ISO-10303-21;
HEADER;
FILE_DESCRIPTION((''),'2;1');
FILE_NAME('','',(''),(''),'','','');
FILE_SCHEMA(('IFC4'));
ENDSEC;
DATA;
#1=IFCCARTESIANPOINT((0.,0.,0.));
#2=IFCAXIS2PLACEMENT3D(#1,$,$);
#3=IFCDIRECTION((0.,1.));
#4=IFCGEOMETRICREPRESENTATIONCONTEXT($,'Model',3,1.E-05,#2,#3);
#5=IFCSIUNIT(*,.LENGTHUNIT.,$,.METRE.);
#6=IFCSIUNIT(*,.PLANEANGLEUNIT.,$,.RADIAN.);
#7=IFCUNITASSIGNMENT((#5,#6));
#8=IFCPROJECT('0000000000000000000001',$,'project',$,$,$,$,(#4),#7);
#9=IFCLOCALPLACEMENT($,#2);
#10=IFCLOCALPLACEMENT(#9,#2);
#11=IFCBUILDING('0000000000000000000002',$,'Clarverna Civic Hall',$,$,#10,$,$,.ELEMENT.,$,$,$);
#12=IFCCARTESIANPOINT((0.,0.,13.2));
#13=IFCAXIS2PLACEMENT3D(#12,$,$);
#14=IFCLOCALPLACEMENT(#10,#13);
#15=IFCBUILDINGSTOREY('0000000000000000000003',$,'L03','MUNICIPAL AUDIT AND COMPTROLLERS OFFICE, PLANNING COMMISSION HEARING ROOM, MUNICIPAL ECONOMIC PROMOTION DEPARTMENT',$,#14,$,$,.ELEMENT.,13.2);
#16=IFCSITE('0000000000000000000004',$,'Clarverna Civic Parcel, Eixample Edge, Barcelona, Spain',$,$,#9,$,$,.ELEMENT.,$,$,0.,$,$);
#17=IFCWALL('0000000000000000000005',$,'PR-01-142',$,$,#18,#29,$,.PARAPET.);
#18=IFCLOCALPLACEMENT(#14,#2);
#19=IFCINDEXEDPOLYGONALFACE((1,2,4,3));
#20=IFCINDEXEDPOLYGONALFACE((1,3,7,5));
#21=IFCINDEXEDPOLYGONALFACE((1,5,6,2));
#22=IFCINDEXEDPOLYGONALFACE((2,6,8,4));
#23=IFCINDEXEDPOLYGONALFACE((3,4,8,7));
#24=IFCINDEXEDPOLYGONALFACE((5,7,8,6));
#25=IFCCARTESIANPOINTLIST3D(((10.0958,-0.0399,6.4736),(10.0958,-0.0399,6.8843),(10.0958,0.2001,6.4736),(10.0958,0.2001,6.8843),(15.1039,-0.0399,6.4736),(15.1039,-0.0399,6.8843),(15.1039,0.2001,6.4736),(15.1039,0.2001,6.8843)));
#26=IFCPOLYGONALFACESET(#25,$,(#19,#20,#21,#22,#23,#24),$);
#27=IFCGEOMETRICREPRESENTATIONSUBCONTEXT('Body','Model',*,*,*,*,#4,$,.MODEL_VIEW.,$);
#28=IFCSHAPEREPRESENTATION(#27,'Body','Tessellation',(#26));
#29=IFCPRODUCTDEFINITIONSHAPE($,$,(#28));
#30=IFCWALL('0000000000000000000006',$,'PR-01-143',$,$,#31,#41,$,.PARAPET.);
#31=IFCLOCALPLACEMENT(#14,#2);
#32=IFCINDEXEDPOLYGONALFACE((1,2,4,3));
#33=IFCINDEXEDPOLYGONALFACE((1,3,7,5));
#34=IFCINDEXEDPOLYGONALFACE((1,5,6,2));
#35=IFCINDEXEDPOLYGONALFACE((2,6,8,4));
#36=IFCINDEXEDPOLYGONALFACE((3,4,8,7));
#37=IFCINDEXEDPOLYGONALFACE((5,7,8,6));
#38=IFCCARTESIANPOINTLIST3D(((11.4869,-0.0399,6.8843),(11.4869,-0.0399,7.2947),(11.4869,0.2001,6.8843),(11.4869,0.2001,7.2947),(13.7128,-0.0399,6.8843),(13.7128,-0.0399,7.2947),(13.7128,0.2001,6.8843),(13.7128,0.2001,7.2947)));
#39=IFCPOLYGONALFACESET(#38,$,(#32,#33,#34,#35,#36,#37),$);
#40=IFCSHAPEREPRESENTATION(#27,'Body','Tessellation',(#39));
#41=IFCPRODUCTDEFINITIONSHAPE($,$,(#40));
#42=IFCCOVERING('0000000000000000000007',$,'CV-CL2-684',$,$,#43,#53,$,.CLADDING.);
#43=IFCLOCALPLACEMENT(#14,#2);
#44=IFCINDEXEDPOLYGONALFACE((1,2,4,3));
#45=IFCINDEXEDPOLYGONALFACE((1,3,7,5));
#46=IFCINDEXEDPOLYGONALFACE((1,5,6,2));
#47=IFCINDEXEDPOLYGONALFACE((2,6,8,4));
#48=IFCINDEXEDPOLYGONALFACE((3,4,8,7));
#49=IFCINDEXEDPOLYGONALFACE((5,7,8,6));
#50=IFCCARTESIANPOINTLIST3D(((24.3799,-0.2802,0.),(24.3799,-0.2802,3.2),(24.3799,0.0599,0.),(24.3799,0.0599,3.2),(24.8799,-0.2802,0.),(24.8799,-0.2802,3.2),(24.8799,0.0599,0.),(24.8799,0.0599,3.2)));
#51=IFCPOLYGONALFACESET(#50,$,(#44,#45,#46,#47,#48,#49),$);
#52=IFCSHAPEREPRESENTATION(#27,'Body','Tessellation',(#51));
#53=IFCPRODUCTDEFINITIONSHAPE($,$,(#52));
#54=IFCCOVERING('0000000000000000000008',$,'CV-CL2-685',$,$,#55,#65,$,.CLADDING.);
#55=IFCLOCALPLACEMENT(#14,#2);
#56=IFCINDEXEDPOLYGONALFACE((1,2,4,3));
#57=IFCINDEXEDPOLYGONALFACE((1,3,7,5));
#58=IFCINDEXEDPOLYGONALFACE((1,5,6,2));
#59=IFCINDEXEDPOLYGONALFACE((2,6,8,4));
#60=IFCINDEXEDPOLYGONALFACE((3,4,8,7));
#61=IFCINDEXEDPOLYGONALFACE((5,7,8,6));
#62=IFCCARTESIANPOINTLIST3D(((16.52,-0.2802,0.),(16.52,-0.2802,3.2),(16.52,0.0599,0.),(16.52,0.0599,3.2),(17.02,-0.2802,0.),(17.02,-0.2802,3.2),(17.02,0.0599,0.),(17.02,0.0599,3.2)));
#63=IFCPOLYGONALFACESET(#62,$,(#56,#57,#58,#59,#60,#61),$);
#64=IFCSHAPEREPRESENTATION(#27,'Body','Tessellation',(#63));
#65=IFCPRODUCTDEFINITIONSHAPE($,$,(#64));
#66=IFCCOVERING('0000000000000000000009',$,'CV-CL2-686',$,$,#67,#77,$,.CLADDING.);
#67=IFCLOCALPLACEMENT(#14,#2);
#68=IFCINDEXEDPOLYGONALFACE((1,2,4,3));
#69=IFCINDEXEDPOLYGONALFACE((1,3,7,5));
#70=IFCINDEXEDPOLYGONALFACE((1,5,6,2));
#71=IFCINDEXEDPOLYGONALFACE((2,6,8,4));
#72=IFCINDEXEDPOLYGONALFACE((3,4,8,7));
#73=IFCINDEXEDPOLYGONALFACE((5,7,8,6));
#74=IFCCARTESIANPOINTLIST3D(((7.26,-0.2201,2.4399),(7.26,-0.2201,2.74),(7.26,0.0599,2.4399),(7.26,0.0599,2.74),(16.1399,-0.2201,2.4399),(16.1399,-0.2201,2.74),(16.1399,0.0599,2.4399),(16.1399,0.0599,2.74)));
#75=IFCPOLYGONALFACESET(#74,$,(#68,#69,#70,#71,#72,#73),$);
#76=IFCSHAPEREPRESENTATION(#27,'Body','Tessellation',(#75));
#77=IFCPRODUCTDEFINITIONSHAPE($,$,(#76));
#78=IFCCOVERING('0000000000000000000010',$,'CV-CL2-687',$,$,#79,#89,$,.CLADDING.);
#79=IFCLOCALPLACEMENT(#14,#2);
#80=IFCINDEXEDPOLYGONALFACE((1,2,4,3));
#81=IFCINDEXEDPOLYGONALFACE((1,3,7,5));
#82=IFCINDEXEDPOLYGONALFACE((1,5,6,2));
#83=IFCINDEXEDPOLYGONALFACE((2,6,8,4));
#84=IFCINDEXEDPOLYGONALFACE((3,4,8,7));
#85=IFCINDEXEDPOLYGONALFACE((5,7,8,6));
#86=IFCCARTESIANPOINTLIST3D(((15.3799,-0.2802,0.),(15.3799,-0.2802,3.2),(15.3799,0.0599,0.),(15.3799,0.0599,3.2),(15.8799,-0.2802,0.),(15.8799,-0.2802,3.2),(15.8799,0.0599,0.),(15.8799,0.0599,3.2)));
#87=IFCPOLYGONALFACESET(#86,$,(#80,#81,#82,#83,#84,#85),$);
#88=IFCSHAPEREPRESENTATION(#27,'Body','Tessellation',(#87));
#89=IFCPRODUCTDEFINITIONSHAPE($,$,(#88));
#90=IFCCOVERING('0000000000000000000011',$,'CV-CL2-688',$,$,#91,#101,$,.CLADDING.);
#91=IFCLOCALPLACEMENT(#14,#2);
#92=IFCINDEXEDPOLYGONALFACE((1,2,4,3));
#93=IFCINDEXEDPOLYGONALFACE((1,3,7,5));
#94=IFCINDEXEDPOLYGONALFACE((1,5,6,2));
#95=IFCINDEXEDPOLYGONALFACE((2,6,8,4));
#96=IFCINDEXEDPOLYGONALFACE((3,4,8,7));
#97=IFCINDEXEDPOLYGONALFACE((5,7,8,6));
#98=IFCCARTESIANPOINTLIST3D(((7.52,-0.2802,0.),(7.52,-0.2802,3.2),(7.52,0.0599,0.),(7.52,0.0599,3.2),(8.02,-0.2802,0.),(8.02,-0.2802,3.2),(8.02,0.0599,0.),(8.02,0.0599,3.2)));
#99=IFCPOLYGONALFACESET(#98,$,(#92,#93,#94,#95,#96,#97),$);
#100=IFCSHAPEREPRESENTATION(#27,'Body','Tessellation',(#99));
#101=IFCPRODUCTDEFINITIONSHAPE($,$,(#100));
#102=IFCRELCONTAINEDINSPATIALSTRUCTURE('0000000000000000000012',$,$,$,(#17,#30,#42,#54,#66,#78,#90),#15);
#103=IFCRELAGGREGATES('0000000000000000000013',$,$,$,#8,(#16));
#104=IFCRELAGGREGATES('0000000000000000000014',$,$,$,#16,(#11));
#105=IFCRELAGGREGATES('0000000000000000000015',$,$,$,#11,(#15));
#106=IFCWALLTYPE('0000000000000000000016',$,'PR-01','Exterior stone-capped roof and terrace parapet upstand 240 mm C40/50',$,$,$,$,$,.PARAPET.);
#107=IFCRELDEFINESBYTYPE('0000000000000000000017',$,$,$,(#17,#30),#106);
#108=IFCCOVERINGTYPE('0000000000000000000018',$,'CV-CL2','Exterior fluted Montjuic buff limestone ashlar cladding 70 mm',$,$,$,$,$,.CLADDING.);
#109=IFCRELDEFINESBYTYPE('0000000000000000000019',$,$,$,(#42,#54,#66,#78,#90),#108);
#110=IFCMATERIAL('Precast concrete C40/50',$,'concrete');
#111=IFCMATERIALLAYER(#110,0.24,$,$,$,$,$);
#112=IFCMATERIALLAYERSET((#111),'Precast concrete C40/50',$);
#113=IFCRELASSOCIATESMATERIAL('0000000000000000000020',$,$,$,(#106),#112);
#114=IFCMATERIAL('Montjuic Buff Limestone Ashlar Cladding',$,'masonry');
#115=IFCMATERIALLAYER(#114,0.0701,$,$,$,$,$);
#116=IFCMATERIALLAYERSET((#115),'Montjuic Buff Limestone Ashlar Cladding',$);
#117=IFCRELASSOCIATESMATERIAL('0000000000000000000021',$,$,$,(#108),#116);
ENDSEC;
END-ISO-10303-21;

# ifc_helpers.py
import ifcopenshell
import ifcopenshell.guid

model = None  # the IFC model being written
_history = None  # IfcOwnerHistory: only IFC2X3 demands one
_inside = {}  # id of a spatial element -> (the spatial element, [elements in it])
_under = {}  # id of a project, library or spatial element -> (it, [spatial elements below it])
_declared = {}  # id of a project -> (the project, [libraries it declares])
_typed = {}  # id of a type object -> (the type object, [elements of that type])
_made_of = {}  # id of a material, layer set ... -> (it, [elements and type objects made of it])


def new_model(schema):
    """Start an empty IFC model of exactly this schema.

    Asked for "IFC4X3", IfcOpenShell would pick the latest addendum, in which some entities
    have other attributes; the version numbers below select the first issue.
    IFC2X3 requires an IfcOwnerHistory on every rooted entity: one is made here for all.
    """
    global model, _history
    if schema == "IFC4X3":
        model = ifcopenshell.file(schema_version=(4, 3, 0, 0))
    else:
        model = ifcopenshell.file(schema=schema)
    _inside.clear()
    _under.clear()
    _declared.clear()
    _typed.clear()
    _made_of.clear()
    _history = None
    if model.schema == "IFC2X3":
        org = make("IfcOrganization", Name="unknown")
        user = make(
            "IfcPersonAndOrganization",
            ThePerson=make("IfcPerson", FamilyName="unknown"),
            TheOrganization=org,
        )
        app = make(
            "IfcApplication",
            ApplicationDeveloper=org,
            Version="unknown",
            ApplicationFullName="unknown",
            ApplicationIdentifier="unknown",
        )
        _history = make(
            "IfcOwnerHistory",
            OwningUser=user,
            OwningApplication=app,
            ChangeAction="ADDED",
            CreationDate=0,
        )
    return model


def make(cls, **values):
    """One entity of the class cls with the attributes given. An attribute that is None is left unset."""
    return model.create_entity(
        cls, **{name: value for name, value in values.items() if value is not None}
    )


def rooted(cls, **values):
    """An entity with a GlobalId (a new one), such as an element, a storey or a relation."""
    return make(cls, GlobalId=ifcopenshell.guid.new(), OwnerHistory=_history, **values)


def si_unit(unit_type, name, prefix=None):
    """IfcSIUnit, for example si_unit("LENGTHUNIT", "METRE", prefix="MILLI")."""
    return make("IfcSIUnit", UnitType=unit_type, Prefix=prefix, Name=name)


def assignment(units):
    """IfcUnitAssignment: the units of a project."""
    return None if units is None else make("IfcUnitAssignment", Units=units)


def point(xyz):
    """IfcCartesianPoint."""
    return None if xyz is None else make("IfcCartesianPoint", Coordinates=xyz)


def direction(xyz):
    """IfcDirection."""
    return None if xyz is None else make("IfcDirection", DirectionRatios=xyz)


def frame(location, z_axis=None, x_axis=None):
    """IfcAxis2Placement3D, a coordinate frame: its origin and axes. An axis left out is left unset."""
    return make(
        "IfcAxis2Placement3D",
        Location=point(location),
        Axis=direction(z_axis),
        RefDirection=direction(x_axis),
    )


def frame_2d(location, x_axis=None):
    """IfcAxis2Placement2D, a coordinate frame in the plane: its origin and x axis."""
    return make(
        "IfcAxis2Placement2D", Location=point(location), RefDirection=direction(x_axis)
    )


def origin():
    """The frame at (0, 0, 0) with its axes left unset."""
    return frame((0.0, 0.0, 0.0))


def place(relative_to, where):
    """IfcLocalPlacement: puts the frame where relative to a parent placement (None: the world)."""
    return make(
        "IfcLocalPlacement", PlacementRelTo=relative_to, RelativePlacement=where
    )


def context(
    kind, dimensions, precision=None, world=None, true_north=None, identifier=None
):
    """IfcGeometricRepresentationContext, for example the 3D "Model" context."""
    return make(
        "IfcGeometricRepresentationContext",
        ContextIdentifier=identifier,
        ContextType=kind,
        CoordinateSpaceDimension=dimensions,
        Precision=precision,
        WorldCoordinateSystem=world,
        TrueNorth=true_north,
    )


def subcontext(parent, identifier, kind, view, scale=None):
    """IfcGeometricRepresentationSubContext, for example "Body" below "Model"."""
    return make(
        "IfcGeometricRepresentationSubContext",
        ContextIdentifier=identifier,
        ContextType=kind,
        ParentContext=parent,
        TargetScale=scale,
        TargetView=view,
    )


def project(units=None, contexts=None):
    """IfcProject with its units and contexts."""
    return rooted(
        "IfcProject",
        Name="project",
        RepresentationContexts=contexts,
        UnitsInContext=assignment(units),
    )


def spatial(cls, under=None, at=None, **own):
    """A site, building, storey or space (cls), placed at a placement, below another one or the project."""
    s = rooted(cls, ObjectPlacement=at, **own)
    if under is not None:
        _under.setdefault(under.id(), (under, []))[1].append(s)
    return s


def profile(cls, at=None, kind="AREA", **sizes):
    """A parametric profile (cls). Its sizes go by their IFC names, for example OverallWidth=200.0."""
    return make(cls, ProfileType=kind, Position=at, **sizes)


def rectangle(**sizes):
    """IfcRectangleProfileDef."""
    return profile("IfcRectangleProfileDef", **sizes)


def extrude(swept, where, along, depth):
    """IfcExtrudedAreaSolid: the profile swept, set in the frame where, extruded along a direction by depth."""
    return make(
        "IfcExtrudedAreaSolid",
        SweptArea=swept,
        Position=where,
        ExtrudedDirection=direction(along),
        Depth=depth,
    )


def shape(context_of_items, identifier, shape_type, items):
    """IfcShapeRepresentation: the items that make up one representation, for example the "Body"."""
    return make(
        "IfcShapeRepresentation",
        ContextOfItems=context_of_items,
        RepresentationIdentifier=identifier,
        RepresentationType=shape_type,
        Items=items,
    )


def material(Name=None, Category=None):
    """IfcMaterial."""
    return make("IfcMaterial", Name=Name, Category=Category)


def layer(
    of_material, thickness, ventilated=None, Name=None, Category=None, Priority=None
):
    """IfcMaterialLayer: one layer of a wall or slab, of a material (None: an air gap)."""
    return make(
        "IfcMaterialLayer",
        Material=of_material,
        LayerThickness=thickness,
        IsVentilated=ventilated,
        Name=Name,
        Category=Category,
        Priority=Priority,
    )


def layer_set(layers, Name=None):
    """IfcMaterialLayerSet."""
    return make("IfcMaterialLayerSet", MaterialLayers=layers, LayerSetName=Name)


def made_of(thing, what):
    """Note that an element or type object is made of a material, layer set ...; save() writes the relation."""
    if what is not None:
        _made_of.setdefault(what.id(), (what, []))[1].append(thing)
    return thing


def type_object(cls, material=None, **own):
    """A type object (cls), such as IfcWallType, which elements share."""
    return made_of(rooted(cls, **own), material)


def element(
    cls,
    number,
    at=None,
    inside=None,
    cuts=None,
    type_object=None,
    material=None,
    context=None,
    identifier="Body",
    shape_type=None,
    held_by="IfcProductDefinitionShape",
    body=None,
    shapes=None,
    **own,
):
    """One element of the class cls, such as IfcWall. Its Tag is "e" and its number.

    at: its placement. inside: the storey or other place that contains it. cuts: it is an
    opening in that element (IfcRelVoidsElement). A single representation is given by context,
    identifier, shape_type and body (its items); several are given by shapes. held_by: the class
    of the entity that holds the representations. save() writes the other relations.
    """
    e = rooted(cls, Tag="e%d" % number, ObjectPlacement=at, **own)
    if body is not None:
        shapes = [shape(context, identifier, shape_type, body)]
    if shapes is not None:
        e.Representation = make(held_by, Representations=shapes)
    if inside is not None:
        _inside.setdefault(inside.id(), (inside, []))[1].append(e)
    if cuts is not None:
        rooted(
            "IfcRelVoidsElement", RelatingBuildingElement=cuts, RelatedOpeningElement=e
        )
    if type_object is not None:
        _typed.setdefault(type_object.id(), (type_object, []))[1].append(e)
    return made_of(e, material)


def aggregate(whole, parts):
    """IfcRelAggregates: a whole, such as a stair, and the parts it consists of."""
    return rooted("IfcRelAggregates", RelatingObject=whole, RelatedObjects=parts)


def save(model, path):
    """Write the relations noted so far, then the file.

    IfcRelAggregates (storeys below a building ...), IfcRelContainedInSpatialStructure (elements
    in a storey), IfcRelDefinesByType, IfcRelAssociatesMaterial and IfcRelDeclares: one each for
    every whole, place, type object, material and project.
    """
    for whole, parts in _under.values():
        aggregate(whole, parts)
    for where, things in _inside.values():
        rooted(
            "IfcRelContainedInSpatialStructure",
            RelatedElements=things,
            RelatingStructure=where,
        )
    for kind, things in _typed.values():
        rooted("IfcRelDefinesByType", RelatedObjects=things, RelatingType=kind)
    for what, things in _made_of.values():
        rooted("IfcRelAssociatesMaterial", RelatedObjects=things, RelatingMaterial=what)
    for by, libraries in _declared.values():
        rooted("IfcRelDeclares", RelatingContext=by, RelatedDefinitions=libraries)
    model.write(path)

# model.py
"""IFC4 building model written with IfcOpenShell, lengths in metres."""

from ifc_helpers import new_model, si_unit, direction, frame, frame_2d, origin, place, context, subcontext, project, spatial, rectangle, extrude, material, layer, layer_set, type_object, element, save


model = new_model("IFC4")

# Units and contexts
model_context = context("Model", 3, precision=1e-05, world=origin(), true_north=direction((0.0, 1.0)))
body_context = subcontext(model_context, "Body", "Model", "MODEL_VIEW")
ifc_project = project(units=[si_unit("LENGTHUNIT", "METRE"), si_unit("PLANEANGLEUNIT", "RADIAN")], contexts=[model_context])

# Site, building, storey
site_placement = place(None, origin())
site = spatial("IfcSite", under=ifc_project, at=site_placement, Name="Clarverna Civic Parcel, Eixample Edge, Barcelona, Spain", CompositionType="ELEMENT", RefElevation=0.0)
building_placement = place(site_placement, origin())
building = spatial("IfcBuilding", under=site, at=building_placement, Name="Clarverna Civic Hall", CompositionType="ELEMENT")
storey_placement = place(building_placement, frame((0.0, 0.0, 13.2)))
storey = spatial("IfcBuildingStorey", under=building, at=storey_placement, Name="L03", Description="MUNICIPAL AUDIT AND COMPTROLLERS OFFICE, PLANNING COMMISSION HEARING ROOM, MUNICIPAL ECONOMIC PROMOTION DEPARTMENT", CompositionType="ELEMENT", Elevation=13.2)

# Walls
ifc_material_1 = material(Name="Precast concrete C40/50", Category="concrete")
ifc_layer_1 = layer(ifc_material_1, 0.24)
ifc_layer_set_1 = layer_set([ifc_layer_1], Name="Precast concrete C40/50")
wall_type_1 = type_object("IfcWallType", Name="PR-01", Description="Exterior stone-capped roof and terrace parapet upstand 240 mm C40/50", PredefinedType="PARAPET", material=ifc_layer_set_1)
wall_1_placement = place(storey_placement, frame((10.0959, 0.0801, 6.4736), z_axis=(0.0, 0.0, 1.0), x_axis=(1.0, 0.0, 0.0)))
element("IfcWall", 1, at=wall_1_placement, inside=storey, type_object=wall_type_1, Name="PR-01-142", PredefinedType="PARAPET", context=body_context, shape_type="SweptSolid", body=[
    extrude(rectangle(XDim=5.0081, YDim=0.24, at=frame_2d((2.5039, 0.0))), origin(), (0.0, 0.0, 1.0), 0.4106),
])
wall_2_placement = place(storey_placement, frame((11.4871, 0.0801, 6.8843), z_axis=(0.0, 0.0, 1.0), x_axis=(1.0, 0.0, 0.0)))
element("IfcWall", 2, at=wall_2_placement, inside=storey, type_object=wall_type_1, Name="PR-01-143", PredefinedType="PARAPET", context=body_context, shape_type="SweptSolid", body=[
    extrude(rectangle(XDim=2.2258, YDim=0.24, at=frame_2d((1.1128, 0.0))), origin(), (0.0, 0.0, 1.0), 0.4104),
])

# Coverings
ifc_material_2 = material(Name="Montjuic Buff Limestone Ashlar Cladding", Category="masonry")
ifc_layer_2 = layer(ifc_material_2, 0.0701)
ifc_layer_set_2 = layer_set([ifc_layer_2], Name="Montjuic Buff Limestone Ashlar Cladding")
covering_type = type_object("IfcCoveringType", Name="CV-CL2", Description="Exterior fluted Montjuic buff limestone ashlar cladding 70 mm", PredefinedType="CLADDING", material=ifc_layer_set_2)
for number, where, z_axis, x_axis, name in (
    (3, (24.8799, -0.1101, 0.0), (0.0, 0.0, 1.0), (-1.0, 0.0, 0.0), "CV-CL2-684"),
    (4, (17.02, -0.1101, 0.0), (0.0, 0.0, 1.0), (-1.0, 0.0, 0.0), "CV-CL2-685"),
):
    element("IfcCovering", number, at=place(storey_placement, frame(where, z_axis=z_axis, x_axis=x_axis)), inside=storey, type_object=covering_type, Name=name, PredefinedType="CLADDING", context=body_context, shape_type="SweptSolid", body=[
        extrude(rectangle(XDim=0.5, YDim=0.3401, at=frame_2d((0.25, 0.0))), origin(), (0.0, 0.0, 1.0), 3.2),
    ])
covering_placement = place(storey_placement, frame((16.1399, -0.0801, 2.4399), z_axis=(0.0, 0.0, 1.0), x_axis=(-1.0, 0.0, 0.0)))
element("IfcCovering", 5, at=covering_placement, inside=storey, type_object=covering_type, Name="CV-CL2-686", PredefinedType="CLADDING", context=body_context, shape_type="SweptSolid", body=[
    extrude(rectangle(XDim=8.8799, YDim=0.28, at=frame_2d((4.4399, 0.0))), origin(), (0.0, 0.0, 1.0), 0.3),
])
for number, where, z_axis, x_axis, name in (
    (6, (15.8799, -0.1101, 0.0), (0.0, 0.0, 1.0), (-1.0, 0.0, 0.0), "CV-CL2-687"),
    (7, (8.02, -0.1101, 0.0), (0.0, 0.0, 1.0), (-1.0, 0.0, 0.0), "CV-CL2-688"),
):
    element("IfcCovering", number, at=place(storey_placement, frame(where, z_axis=z_axis, x_axis=x_axis)), inside=storey, type_object=covering_type, Name=name, PredefinedType="CLADDING", context=body_context, shape_type="SweptSolid", body=[
        extrude(rectangle(XDim=0.5, YDim=0.3401, at=frame_2d((0.25, 0.0))), origin(), (0.0, 0.0, 1.0), 3.2),
    ])

save(model, "model.ifc")
